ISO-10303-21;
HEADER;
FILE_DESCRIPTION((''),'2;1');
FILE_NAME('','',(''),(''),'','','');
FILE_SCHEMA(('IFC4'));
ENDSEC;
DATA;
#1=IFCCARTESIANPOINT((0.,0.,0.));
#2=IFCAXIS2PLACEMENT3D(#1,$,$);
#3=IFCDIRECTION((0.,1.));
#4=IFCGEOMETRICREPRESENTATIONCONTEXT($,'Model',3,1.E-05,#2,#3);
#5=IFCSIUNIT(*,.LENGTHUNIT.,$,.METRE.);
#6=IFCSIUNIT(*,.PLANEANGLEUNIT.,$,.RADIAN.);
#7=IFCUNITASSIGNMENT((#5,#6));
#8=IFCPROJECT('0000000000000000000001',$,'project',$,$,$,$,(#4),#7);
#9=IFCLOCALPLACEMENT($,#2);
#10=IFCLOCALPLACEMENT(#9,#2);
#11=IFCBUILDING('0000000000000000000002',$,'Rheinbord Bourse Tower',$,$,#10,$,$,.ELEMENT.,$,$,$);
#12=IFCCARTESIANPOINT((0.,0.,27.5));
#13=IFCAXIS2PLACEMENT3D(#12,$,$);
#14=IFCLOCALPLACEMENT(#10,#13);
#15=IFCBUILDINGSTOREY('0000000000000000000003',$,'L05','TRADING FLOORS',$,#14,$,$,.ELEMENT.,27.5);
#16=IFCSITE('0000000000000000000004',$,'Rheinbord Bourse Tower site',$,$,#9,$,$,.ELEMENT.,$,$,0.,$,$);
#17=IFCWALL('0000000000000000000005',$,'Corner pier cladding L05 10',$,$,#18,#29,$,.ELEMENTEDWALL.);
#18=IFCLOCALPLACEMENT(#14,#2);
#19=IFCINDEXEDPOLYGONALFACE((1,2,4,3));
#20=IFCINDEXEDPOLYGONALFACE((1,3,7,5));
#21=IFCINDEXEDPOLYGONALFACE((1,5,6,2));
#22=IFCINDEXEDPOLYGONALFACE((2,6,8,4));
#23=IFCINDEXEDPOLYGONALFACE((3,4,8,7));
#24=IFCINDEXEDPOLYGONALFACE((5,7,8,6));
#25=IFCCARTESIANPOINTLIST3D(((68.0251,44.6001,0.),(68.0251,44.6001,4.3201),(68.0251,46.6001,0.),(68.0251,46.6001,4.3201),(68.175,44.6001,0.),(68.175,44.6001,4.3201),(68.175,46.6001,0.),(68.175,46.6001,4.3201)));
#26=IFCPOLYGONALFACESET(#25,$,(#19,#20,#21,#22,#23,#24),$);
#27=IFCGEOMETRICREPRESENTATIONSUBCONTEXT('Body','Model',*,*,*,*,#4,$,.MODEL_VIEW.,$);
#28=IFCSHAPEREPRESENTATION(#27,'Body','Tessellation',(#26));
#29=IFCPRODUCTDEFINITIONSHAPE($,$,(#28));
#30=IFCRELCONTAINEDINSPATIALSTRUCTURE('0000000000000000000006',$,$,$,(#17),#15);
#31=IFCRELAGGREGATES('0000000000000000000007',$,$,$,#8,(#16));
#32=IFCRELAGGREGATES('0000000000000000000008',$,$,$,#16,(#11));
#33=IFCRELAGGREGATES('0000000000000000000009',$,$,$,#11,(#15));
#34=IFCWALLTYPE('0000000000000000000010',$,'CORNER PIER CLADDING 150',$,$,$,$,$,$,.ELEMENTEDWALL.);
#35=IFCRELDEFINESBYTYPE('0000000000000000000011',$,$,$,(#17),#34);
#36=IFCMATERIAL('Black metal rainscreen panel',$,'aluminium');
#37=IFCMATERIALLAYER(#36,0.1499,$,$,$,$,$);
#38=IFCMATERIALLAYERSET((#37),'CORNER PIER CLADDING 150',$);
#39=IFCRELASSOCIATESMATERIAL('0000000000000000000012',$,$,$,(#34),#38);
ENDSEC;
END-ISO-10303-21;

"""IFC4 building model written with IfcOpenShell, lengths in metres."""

from ifc_helpers import new_model, si_unit, direction, frame, frame_2d, origin, place, context, subcontext, project, spatial, rectangle, extrude, material, layer, layer_set, type_object, element, save


model = new_model("IFC4")

# Units and contexts
model_context = context("Model", 3, precision=1e-05, world=origin(), true_north=direction((0.0, 1.0)))
body_context = subcontext(model_context, "Body", "Model", "MODEL_VIEW")
ifc_project = project(units=[si_unit("LENGTHUNIT", "METRE"), si_unit("PLANEANGLEUNIT", "RADIAN")], contexts=[model_context])

# Site, building, storey
site_placement = place(None, origin())
site = spatial("IfcSite", under=ifc_project, at=site_placement, Name="Rheinbord Bourse Tower site", CompositionType="ELEMENT", RefElevation=0.0)
building_placement = place(site_placement, origin())
building = spatial("IfcBuilding", under=site, at=building_placement, Name="Rheinbord Bourse Tower", CompositionType="ELEMENT")
storey_placement = place(building_placement, frame((0.0, 0.0, 27.5)))
storey = spatial("IfcBuildingStorey", under=building, at=storey_placement, Name="L05", Description="TRADING FLOORS", CompositionType="ELEMENT", Elevation=27.5)

# Wall
ifc_material_1 = material(Name="Black metal rainscreen panel", Category="aluminium")
ifc_layer_1 = layer(ifc_material_1, 0.1499)
ifc_layer_set_1 = layer_set([ifc_layer_1], Name="CORNER PIER CLADDING 150")
wall_type = type_object("IfcWallType", Name="CORNER PIER CLADDING 150", PredefinedType="ELEMENTEDWALL", material=ifc_layer_set_1)
wall_1_placement = place(storey_placement, frame((68.1001, 44.6001, 0.0), z_axis=(0.0, 0.0, 1.0), x_axis=(0.0, 1.0, 0.0)))
element("IfcWall", 1, at=wall_1_placement, inside=storey, type_object=wall_type, Name="Corner pier cladding L05 10", PredefinedType="ELEMENTEDWALL", context=body_context, shape_type="SweptSolid", body=[
    extrude(rectangle(XDim=2.0, YDim=0.1499, at=frame_2d((1.0, 0.0))), origin(), (0.0, 0.0, 1.0), 4.3201),
])

save(model, "model.ifc")
